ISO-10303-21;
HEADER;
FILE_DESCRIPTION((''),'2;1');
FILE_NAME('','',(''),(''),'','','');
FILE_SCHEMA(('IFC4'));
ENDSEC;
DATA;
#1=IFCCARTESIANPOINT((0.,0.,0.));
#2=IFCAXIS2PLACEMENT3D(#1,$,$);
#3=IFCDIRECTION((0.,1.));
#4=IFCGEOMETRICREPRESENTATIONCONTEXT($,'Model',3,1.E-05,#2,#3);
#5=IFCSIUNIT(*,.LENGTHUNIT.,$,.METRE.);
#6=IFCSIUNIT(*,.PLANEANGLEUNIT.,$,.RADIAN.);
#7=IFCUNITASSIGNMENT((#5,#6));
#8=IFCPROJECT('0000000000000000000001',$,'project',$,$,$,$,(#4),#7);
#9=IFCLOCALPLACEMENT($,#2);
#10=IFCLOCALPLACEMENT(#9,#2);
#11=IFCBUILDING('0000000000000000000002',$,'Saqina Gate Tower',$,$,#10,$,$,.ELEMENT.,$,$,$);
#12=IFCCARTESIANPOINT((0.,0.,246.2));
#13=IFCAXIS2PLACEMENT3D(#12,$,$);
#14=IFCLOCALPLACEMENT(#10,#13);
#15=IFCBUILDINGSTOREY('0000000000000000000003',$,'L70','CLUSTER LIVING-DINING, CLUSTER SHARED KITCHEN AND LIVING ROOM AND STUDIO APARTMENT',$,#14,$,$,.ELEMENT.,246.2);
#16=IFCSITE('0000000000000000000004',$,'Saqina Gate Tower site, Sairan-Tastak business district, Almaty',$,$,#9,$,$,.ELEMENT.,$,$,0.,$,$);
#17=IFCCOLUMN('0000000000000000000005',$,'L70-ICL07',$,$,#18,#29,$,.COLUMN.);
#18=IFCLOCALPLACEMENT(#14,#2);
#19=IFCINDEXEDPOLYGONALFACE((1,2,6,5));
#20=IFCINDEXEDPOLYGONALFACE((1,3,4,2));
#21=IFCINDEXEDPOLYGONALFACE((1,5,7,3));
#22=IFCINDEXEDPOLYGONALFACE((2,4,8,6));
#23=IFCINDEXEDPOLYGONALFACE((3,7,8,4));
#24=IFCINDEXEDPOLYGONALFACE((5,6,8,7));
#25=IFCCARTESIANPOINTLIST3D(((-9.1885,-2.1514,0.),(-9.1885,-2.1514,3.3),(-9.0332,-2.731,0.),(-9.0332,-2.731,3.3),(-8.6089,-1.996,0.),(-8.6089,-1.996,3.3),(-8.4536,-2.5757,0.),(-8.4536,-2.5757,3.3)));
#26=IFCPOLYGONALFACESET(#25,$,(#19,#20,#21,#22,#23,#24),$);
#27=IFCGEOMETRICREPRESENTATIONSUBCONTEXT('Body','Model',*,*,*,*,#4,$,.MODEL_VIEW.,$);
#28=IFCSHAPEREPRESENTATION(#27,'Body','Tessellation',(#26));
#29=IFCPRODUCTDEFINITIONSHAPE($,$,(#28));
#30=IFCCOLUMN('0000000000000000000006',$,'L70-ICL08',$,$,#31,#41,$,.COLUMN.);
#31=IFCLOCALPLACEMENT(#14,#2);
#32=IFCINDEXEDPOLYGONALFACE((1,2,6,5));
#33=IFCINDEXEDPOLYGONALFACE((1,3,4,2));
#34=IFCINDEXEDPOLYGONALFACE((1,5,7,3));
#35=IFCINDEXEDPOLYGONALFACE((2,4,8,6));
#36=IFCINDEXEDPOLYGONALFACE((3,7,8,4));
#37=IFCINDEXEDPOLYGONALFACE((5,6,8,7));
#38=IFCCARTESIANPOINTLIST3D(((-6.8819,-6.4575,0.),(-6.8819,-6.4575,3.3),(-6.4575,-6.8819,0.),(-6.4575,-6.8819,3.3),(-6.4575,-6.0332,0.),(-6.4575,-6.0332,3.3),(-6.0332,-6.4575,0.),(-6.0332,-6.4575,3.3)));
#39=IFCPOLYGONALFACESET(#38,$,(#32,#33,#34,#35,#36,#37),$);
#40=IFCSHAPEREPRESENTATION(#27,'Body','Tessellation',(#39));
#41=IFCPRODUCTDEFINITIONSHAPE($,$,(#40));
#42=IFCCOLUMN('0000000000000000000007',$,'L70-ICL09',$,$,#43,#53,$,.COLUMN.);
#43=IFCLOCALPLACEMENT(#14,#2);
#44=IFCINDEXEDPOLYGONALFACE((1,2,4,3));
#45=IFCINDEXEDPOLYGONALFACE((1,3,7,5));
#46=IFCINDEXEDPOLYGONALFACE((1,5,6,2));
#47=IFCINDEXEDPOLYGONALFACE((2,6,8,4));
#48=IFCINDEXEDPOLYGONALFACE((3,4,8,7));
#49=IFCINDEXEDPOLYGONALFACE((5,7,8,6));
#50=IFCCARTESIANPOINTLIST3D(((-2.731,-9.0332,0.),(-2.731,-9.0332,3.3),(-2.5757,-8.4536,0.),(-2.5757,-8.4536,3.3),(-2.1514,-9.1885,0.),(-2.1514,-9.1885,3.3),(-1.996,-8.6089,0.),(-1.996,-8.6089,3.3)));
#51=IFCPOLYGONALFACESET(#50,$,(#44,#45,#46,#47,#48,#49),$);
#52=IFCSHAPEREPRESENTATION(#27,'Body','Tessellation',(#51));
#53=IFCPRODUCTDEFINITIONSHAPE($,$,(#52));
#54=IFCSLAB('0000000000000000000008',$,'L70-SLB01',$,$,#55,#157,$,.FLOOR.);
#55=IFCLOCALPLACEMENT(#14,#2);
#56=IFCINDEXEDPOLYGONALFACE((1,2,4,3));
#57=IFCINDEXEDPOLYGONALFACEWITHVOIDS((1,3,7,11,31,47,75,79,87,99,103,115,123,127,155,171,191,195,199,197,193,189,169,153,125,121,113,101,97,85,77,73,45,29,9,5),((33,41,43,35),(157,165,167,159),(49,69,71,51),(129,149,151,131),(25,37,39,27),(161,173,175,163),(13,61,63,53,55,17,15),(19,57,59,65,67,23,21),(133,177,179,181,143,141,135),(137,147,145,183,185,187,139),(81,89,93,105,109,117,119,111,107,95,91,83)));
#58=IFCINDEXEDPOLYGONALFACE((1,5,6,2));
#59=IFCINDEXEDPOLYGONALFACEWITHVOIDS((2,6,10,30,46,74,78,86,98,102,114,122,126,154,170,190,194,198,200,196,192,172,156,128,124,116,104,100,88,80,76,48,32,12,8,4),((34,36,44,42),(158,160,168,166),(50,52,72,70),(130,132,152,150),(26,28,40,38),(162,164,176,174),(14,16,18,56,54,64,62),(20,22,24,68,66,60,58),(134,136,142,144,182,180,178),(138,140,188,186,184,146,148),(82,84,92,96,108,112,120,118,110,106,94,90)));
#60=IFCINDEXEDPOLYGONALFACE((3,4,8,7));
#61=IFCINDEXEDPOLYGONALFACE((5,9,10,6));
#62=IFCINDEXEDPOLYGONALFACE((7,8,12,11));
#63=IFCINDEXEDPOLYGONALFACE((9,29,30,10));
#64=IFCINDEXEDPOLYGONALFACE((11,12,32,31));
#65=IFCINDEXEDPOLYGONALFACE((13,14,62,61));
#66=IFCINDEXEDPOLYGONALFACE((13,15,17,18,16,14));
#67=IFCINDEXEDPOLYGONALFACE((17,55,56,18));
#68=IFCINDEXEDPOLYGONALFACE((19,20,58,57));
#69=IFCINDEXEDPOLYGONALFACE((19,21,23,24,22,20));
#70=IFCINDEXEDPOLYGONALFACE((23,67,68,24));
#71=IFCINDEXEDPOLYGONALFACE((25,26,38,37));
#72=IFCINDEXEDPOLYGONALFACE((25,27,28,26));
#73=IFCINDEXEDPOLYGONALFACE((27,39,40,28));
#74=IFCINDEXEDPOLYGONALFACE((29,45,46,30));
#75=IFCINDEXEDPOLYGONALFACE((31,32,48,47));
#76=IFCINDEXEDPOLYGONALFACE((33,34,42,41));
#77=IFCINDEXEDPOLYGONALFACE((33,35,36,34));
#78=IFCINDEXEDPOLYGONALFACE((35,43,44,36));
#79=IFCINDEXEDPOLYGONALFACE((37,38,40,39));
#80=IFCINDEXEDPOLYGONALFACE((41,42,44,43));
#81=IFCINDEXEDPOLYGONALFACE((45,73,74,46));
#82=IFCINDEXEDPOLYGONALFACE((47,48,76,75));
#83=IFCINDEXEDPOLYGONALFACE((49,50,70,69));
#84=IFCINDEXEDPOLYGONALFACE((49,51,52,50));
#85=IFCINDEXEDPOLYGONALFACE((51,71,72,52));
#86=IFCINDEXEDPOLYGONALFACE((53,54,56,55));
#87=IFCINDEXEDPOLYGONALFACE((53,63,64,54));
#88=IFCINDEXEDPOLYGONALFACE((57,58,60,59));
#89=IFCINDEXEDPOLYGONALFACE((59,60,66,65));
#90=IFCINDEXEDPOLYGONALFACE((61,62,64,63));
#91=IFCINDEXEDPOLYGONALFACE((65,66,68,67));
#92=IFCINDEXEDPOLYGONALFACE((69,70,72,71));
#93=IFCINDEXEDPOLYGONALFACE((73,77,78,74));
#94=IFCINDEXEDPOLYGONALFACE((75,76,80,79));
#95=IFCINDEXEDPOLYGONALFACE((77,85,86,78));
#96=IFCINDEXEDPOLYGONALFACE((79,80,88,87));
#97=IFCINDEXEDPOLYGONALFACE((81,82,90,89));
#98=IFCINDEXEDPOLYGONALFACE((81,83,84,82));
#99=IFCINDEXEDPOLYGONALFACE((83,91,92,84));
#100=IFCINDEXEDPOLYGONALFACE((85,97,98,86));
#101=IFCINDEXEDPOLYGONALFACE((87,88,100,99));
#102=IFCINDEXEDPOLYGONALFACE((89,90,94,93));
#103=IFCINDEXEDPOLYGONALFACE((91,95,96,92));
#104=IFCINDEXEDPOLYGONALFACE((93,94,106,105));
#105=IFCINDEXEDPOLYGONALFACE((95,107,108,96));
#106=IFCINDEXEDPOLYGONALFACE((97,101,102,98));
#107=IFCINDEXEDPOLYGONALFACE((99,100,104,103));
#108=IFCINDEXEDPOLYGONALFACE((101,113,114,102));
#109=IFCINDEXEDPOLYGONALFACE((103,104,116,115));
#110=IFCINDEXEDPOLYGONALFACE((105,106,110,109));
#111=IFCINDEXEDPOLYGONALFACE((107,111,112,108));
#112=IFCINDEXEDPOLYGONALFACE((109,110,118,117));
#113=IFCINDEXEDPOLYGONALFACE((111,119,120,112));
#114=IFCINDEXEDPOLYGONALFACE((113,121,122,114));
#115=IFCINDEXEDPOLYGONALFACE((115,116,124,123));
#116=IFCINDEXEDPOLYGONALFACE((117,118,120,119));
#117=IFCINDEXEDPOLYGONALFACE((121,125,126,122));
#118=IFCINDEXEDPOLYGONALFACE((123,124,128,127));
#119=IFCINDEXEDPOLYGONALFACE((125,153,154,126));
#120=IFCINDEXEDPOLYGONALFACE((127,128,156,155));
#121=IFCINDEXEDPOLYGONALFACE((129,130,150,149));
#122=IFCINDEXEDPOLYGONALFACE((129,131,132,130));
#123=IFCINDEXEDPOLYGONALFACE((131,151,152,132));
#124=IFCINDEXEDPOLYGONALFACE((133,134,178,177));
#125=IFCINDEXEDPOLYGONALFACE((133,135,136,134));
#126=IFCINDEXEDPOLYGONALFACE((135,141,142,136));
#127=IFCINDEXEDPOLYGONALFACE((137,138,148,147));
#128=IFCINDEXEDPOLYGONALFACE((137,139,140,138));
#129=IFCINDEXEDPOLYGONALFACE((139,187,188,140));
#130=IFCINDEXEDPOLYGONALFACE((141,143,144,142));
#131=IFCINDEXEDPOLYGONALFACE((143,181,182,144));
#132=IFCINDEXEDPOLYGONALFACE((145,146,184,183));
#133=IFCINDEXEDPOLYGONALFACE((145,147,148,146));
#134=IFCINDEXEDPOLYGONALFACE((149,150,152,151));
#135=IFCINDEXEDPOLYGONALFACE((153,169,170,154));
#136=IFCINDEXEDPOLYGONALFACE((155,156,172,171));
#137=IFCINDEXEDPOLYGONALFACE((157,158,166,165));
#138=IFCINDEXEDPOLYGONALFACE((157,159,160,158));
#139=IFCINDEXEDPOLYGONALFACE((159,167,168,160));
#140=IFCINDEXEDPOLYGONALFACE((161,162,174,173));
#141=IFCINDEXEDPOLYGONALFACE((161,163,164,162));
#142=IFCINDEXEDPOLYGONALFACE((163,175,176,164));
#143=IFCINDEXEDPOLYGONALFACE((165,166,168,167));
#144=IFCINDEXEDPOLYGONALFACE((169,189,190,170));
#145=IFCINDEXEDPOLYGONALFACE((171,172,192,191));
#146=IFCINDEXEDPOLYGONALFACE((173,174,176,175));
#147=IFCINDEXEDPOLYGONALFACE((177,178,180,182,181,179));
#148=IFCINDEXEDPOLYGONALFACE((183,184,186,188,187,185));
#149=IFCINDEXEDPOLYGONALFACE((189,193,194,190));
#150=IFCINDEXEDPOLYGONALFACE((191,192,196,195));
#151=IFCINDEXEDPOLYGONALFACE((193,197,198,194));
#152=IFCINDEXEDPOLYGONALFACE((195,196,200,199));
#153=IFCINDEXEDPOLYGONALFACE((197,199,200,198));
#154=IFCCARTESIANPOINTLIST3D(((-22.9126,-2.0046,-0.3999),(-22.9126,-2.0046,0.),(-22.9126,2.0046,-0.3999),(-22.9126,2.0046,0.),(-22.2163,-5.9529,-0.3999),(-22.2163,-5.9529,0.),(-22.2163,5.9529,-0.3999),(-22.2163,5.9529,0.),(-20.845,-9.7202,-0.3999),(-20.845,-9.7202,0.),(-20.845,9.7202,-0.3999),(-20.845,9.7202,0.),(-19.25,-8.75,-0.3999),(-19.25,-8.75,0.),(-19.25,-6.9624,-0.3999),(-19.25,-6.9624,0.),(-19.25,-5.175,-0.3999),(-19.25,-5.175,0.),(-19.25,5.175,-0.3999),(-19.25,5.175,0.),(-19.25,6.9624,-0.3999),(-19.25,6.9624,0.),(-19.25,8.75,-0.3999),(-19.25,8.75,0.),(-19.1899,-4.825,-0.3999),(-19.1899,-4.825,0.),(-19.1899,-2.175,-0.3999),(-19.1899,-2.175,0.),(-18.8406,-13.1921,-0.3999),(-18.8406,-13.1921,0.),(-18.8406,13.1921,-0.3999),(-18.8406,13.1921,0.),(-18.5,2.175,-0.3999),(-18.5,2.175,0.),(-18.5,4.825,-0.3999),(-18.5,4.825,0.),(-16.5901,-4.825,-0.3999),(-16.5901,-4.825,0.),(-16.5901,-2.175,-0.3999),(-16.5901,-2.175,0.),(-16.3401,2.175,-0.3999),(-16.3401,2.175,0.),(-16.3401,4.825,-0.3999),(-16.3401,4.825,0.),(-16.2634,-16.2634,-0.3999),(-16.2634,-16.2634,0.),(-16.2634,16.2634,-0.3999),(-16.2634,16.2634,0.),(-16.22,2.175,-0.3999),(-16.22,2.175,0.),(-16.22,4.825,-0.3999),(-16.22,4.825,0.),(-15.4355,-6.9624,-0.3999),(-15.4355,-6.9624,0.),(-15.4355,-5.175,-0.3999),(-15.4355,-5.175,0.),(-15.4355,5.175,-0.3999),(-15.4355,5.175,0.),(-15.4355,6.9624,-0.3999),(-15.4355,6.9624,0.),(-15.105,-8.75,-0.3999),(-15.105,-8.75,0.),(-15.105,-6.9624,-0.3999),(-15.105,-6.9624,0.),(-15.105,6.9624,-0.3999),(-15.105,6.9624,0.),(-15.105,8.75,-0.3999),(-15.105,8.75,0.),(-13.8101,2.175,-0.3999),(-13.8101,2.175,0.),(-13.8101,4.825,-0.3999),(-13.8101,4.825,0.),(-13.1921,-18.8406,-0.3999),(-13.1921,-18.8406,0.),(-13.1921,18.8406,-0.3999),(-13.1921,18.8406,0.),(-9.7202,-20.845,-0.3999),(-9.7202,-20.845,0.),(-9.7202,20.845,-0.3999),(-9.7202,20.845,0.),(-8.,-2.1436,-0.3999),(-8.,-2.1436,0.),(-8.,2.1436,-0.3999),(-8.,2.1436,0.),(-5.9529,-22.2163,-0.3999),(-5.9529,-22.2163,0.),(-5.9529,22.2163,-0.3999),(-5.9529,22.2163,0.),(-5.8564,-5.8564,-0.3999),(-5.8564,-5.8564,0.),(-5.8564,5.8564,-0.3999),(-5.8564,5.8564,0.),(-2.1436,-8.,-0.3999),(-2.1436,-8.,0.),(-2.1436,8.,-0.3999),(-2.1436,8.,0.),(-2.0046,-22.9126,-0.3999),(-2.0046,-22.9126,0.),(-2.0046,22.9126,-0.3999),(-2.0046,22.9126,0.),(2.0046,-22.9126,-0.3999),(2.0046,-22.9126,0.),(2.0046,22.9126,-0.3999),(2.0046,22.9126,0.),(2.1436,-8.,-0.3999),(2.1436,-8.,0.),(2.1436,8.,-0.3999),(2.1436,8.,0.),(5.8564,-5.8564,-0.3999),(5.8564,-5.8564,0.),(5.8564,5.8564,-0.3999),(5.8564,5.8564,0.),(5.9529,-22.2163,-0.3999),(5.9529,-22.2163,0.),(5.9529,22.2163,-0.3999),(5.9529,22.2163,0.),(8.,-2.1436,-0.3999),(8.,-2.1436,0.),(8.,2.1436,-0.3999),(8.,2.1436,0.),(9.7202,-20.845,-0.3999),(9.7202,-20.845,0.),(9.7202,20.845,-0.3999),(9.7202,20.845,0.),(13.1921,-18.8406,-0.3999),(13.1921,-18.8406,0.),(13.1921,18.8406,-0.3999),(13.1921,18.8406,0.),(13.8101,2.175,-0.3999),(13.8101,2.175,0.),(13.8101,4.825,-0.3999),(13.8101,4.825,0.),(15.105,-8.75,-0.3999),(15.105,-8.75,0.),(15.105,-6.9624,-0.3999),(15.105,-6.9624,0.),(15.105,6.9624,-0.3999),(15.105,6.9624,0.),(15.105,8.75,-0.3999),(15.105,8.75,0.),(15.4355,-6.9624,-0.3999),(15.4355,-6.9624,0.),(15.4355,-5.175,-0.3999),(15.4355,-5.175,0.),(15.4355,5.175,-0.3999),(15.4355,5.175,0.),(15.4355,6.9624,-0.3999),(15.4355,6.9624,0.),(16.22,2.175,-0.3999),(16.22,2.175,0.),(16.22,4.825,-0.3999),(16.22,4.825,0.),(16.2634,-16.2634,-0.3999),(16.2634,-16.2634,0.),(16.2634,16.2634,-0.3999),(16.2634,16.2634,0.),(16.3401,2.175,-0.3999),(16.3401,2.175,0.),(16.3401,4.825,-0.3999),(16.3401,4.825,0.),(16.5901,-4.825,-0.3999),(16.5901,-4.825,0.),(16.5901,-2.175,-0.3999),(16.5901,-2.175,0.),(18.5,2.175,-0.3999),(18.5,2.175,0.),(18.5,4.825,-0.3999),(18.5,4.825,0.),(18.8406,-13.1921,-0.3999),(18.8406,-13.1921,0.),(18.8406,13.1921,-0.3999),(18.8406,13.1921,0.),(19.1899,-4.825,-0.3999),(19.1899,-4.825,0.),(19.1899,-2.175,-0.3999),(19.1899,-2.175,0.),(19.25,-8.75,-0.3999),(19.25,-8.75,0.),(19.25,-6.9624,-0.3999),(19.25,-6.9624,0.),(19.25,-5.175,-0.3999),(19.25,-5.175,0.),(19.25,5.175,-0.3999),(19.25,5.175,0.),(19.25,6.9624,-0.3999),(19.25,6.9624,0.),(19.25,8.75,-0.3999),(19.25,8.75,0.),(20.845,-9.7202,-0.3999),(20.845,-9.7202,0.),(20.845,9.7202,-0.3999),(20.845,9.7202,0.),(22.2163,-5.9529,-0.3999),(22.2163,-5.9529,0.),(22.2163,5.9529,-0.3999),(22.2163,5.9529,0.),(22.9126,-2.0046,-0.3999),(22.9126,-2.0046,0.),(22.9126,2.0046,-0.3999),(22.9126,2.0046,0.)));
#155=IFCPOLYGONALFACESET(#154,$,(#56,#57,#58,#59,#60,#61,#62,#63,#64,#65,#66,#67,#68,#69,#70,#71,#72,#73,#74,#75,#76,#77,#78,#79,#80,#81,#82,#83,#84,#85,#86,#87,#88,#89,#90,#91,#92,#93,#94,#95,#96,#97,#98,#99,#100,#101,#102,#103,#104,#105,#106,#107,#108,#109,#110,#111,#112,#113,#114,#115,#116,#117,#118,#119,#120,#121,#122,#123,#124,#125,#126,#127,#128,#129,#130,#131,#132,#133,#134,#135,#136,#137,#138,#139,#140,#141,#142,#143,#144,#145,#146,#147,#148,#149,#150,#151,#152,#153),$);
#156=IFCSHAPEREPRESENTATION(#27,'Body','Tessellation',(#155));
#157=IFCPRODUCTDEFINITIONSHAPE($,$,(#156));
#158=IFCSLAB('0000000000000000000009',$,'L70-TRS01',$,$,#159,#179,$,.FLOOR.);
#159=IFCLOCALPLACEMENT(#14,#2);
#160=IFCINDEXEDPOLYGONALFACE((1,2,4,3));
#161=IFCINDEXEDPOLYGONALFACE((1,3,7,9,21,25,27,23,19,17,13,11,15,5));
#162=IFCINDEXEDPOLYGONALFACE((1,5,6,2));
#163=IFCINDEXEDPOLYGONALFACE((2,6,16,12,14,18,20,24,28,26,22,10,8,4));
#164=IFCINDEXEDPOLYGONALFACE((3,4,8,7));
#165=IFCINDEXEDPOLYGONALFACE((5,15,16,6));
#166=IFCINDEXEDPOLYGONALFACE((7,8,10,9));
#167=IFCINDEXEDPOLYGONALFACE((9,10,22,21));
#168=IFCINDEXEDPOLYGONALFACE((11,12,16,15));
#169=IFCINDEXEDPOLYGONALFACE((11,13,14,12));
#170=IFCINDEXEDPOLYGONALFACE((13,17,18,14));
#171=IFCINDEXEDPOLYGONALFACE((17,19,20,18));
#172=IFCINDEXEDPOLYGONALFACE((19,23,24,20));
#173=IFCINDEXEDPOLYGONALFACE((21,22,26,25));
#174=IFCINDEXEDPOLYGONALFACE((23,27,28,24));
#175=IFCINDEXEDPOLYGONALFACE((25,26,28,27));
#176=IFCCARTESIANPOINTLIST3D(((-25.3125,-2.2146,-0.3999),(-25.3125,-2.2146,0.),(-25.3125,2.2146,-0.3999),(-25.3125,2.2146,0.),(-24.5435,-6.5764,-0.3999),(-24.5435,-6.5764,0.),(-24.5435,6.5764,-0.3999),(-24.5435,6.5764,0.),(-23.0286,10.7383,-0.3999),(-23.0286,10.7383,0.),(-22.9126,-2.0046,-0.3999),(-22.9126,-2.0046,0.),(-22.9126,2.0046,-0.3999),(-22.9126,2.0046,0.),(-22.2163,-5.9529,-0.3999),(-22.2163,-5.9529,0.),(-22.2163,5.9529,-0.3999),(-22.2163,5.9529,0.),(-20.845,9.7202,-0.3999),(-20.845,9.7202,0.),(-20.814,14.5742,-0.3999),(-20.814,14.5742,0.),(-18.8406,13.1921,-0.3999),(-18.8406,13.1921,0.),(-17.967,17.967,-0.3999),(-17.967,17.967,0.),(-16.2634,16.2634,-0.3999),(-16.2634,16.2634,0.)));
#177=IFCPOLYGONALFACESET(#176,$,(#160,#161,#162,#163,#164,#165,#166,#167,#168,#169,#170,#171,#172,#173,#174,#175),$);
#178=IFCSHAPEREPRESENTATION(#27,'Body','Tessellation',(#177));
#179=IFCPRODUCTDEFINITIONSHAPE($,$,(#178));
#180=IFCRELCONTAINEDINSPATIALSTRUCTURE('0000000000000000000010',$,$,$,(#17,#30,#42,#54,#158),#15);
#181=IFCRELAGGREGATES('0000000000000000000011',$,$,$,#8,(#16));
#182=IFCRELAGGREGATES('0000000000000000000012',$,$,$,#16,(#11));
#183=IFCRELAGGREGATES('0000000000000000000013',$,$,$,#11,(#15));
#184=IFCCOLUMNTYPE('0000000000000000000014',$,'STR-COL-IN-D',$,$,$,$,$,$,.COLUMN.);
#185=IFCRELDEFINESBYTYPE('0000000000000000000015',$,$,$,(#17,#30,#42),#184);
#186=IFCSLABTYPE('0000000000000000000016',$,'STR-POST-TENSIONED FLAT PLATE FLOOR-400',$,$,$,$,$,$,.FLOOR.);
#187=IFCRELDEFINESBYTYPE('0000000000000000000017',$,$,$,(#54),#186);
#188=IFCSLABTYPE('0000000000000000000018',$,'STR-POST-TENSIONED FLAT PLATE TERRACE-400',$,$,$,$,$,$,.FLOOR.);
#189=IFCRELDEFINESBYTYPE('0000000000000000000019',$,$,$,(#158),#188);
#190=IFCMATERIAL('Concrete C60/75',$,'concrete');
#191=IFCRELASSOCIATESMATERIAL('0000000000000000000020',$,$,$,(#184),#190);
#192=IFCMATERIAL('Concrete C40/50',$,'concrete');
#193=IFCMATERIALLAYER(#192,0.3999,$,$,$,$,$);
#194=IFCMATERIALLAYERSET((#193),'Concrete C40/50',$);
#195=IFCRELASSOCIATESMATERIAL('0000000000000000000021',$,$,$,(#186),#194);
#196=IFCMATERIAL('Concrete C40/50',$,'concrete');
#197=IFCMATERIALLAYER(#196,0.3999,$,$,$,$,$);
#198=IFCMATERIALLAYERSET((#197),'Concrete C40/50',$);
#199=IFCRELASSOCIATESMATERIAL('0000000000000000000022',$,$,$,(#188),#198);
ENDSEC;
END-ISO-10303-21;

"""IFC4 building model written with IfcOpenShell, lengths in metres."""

from ifc_helpers import new_model, si_unit, direction, frame, origin, origin_2d, place, context, subcontext, project, spatial, polyline, rectangle, outline, extrude, material, layer, layer_set, material_profile, profile_set, type_object, element, save


model = new_model("IFC4")

# Units and contexts
model_context = context("Model", 3, precision=1e-05, world=origin(), true_north=direction((0.0, 1.0)))
body_context = subcontext(model_context, "Body", "Model", "MODEL_VIEW")
ifc_project = project(units=[si_unit("LENGTHUNIT", "METRE"), si_unit("PLANEANGLEUNIT", "RADIAN")], contexts=[model_context])

# Site, building, storey
site_placement = place(None, origin())
site = spatial("IfcSite", under=ifc_project, at=site_placement, Name="Saqina Gate Tower site, Sairan-Tastak business district, Almaty", CompositionType="ELEMENT", RefElevation=0.0)
building_placement = place(site_placement, origin())
building = spatial("IfcBuilding", under=site, at=building_placement, Name="Saqina Gate Tower", CompositionType="ELEMENT")
storey_placement = place(building_placement, frame((0.0, 0.0, 246.2)))
storey = spatial("IfcBuildingStorey", under=building, at=storey_placement, Name="L70", Description="CLUSTER LIVING-DINING, CLUSTER SHARED KITCHEN AND LIVING ROOM AND STUDIO APARTMENT", CompositionType="ELEMENT", Elevation=246.2)

# Columns
ifc_material_1 = material(Name="Concrete C60/75", Category="concrete")
ifc_material_profile = material_profile(ifc_material_1, rectangle(XDim=0.6001, YDim=0.6001, at=origin_2d()), Name="RC 600x600")
ifc_profile_set = profile_set([ifc_material_profile], Name="Concrete C60/75")
column_type = type_object("IfcColumnType", Name="STR-COL-IN-D", PredefinedType="COLUMN", material=ifc_profile_set)
for number, where, z_axis, x_axis, name in (
    (1, (-8.821, -2.3635, 0.0), (0.0, 0.0, 1.0), (-0.965926, -0.258819, 0.0), "L70-ICL07"),
    (2, (-6.4575, -6.4575, 0.0), (0.0, 0.0, 1.0), (-0.707107, -0.707107, 0.0), "L70-ICL08"),
    (3, (-2.3635, -8.821, 0.0), (0.0, 0.0, 1.0), (-0.258819, -0.965926, 0.0), "L70-ICL09"),
):
    element("IfcColumn", number, at=place(storey_placement, frame(where, z_axis=z_axis, x_axis=x_axis)), inside=storey, type_object=column_type, Name=name, PredefinedType="COLUMN", context=body_context, shape_type="SweptSolid", body=[
        extrude(rectangle(XDim=0.6001, YDim=0.6001, at=origin_2d()), origin(), (0.0, 0.0, 1.0), 3.3),
    ])

# Slabs
ifc_material_2 = material(Name="Concrete C40/50", Category="concrete")
ifc_layer_1 = layer(ifc_material_2, 0.3999)
ifc_layer_set_1 = layer_set([ifc_layer_1], Name="Concrete C40/50")
slab_type_1 = type_object("IfcSlabType", Name="STR-POST-TENSIONED FLAT PLATE FLOOR-400", PredefinedType="FLOOR", material=ifc_layer_set_1)
slab_1_placement = place(storey_placement, frame((0.0, 0.0, -0.3999)))
element("IfcSlab", 4, at=slab_1_placement, inside=storey, type_object=slab_type_1, Name="L70-SLB01", PredefinedType="FLOOR", context=body_context, shape_type="SweptSolid", body=[
    extrude(outline(polyline([(22.2163, -5.9529), (22.9126, -2.0046), (22.9126, 2.0046), (22.2163, 5.9529), (20.845, 9.7202), (18.8406, 13.1921), (16.2634, 16.2634), (13.1921, 18.8406), (9.7202, 20.845), (5.9529, 22.2163), (2.0046, 22.9126), (-2.0046, 22.9126), (-5.9529, 22.2163), (-9.7202, 20.845), (-13.1921, 18.8406), (-16.2634, 16.2634), (-18.8406, 13.1921), (-20.845, 9.7202), (-22.2163, 5.9529), (-22.9126, 2.0046), (-22.9126, -2.0046), (-22.2163, -5.9529), (-20.845, -9.7202), (-18.8406, -13.1921), (-16.2634, -16.2634), (-13.1921, -18.8406), (-9.7202, -20.845), (-5.9529, -22.2163), (-2.0046, -22.9126), (2.0046, -22.9126), (5.9529, -22.2163), (9.7202, -20.845), (13.1921, -18.8406), (16.2634, -16.2634), (18.8406, -13.1921), (20.845, -9.7202), (22.2163, -5.9529)]), holes=[polyline([(2.1436, 8.0), (5.8564, 5.8564), (8.0, 2.1436), (8.0, -2.1436), (5.8564, -5.8564), (2.1436, -8.0), (-2.1436, -8.0), (-5.8564, -5.8564), (-8.0, -2.1436), (-8.0, 2.1436), (-5.8564, 5.8564), (-2.1436, 8.0), (2.1436, 8.0)]), polyline([(-15.105, -8.75), (-19.25, -8.75), (-19.25, -6.9624), (-19.25, -5.175), (-15.4355, -5.175), (-15.4355, -6.9624), (-15.105, -6.9624), (-15.105, -8.75)]), polyline([(-16.5901, -2.175), (-16.5901, -4.825), (-19.1899, -4.825), (-19.1899, -2.175), (-16.5901, -2.175)]), polyline([(-16.3401, 4.825), (-16.3401, 2.175), (-18.5, 2.175), (-18.5, 4.825), (-16.3401, 4.825)]), polyline([(-13.8101, 4.825), (-13.8101, 2.175), (-16.22, 2.175), (-16.22, 4.825), (-13.8101, 4.825)]), polyline([(-19.25, 6.9624), (-19.25, 8.75), (-15.105, 8.75), (-15.105, 6.9624), (-15.4355, 6.9624), (-15.4355, 5.175), (-19.25, 5.175), (-19.25, 6.9624)]), polyline([(15.105, -8.75), (15.105, -6.9624), (15.4355, -6.9624), (15.4355, -5.175), (19.25, -5.175), (19.25, -6.9624), (19.25, -8.75), (15.105, -8.75)]), polyline([(19.1899, -2.175), (19.1899, -4.825), (16.5901, -4.825), (16.5901, -2.175), (19.1899, -2.175)]), polyline([(16.22, 4.825), (16.22, 2.175), (13.8101, 2.175), (13.8101, 4.825), (16.22, 4.825)]), polyline([(18.5, 4.825), (18.5, 2.175), (16.3401, 2.175), (16.3401, 4.825), (18.5, 4.825)]), polyline([(15.4355, 6.9624), (15.105, 6.9624), (15.105, 8.75), (19.25, 8.75), (19.25, 6.9624), (19.25, 5.175), (15.4355, 5.175), (15.4355, 6.9624)])]), origin(), (0.0, 0.0, 1.0), 0.3999),
])
ifc_material_3 = material(Name="Concrete C40/50", Category="concrete")
ifc_layer_2 = layer(ifc_material_3, 0.3999)
ifc_layer_set_2 = layer_set([ifc_layer_2], Name="Concrete C40/50")
slab_type_2 = type_object("IfcSlabType", Name="STR-POST-TENSIONED FLAT PLATE TERRACE-400", PredefinedType="FLOOR", material=ifc_layer_set_2)
slab_2_placement = place(storey_placement, frame((0.0, 0.0, -0.3999)))
element("IfcSlab", 5, at=slab_2_placement, inside=storey, type_object=slab_type_2, Name="L70-TRS01", PredefinedType="FLOOR", context=body_context, shape_type="SweptSolid", body=[
    extrude(outline(polyline([(-16.2634, 16.2634), (-18.8406, 13.1921), (-20.845, 9.7202), (-22.2163, 5.9529), (-22.9126, 2.0046), (-22.9126, -2.0046), (-22.2163, -5.9529), (-24.5435, -6.5764), (-25.3125, -2.2146), (-25.3125, 2.2146), (-24.5435, 6.5764), (-23.0286, 10.7383), (-20.814, 14.5742), (-17.967, 17.967), (-16.2634, 16.2634)])), origin(), (0.0, 0.0, 1.0), 0.3999),
])

save(model, "model.ifc")
